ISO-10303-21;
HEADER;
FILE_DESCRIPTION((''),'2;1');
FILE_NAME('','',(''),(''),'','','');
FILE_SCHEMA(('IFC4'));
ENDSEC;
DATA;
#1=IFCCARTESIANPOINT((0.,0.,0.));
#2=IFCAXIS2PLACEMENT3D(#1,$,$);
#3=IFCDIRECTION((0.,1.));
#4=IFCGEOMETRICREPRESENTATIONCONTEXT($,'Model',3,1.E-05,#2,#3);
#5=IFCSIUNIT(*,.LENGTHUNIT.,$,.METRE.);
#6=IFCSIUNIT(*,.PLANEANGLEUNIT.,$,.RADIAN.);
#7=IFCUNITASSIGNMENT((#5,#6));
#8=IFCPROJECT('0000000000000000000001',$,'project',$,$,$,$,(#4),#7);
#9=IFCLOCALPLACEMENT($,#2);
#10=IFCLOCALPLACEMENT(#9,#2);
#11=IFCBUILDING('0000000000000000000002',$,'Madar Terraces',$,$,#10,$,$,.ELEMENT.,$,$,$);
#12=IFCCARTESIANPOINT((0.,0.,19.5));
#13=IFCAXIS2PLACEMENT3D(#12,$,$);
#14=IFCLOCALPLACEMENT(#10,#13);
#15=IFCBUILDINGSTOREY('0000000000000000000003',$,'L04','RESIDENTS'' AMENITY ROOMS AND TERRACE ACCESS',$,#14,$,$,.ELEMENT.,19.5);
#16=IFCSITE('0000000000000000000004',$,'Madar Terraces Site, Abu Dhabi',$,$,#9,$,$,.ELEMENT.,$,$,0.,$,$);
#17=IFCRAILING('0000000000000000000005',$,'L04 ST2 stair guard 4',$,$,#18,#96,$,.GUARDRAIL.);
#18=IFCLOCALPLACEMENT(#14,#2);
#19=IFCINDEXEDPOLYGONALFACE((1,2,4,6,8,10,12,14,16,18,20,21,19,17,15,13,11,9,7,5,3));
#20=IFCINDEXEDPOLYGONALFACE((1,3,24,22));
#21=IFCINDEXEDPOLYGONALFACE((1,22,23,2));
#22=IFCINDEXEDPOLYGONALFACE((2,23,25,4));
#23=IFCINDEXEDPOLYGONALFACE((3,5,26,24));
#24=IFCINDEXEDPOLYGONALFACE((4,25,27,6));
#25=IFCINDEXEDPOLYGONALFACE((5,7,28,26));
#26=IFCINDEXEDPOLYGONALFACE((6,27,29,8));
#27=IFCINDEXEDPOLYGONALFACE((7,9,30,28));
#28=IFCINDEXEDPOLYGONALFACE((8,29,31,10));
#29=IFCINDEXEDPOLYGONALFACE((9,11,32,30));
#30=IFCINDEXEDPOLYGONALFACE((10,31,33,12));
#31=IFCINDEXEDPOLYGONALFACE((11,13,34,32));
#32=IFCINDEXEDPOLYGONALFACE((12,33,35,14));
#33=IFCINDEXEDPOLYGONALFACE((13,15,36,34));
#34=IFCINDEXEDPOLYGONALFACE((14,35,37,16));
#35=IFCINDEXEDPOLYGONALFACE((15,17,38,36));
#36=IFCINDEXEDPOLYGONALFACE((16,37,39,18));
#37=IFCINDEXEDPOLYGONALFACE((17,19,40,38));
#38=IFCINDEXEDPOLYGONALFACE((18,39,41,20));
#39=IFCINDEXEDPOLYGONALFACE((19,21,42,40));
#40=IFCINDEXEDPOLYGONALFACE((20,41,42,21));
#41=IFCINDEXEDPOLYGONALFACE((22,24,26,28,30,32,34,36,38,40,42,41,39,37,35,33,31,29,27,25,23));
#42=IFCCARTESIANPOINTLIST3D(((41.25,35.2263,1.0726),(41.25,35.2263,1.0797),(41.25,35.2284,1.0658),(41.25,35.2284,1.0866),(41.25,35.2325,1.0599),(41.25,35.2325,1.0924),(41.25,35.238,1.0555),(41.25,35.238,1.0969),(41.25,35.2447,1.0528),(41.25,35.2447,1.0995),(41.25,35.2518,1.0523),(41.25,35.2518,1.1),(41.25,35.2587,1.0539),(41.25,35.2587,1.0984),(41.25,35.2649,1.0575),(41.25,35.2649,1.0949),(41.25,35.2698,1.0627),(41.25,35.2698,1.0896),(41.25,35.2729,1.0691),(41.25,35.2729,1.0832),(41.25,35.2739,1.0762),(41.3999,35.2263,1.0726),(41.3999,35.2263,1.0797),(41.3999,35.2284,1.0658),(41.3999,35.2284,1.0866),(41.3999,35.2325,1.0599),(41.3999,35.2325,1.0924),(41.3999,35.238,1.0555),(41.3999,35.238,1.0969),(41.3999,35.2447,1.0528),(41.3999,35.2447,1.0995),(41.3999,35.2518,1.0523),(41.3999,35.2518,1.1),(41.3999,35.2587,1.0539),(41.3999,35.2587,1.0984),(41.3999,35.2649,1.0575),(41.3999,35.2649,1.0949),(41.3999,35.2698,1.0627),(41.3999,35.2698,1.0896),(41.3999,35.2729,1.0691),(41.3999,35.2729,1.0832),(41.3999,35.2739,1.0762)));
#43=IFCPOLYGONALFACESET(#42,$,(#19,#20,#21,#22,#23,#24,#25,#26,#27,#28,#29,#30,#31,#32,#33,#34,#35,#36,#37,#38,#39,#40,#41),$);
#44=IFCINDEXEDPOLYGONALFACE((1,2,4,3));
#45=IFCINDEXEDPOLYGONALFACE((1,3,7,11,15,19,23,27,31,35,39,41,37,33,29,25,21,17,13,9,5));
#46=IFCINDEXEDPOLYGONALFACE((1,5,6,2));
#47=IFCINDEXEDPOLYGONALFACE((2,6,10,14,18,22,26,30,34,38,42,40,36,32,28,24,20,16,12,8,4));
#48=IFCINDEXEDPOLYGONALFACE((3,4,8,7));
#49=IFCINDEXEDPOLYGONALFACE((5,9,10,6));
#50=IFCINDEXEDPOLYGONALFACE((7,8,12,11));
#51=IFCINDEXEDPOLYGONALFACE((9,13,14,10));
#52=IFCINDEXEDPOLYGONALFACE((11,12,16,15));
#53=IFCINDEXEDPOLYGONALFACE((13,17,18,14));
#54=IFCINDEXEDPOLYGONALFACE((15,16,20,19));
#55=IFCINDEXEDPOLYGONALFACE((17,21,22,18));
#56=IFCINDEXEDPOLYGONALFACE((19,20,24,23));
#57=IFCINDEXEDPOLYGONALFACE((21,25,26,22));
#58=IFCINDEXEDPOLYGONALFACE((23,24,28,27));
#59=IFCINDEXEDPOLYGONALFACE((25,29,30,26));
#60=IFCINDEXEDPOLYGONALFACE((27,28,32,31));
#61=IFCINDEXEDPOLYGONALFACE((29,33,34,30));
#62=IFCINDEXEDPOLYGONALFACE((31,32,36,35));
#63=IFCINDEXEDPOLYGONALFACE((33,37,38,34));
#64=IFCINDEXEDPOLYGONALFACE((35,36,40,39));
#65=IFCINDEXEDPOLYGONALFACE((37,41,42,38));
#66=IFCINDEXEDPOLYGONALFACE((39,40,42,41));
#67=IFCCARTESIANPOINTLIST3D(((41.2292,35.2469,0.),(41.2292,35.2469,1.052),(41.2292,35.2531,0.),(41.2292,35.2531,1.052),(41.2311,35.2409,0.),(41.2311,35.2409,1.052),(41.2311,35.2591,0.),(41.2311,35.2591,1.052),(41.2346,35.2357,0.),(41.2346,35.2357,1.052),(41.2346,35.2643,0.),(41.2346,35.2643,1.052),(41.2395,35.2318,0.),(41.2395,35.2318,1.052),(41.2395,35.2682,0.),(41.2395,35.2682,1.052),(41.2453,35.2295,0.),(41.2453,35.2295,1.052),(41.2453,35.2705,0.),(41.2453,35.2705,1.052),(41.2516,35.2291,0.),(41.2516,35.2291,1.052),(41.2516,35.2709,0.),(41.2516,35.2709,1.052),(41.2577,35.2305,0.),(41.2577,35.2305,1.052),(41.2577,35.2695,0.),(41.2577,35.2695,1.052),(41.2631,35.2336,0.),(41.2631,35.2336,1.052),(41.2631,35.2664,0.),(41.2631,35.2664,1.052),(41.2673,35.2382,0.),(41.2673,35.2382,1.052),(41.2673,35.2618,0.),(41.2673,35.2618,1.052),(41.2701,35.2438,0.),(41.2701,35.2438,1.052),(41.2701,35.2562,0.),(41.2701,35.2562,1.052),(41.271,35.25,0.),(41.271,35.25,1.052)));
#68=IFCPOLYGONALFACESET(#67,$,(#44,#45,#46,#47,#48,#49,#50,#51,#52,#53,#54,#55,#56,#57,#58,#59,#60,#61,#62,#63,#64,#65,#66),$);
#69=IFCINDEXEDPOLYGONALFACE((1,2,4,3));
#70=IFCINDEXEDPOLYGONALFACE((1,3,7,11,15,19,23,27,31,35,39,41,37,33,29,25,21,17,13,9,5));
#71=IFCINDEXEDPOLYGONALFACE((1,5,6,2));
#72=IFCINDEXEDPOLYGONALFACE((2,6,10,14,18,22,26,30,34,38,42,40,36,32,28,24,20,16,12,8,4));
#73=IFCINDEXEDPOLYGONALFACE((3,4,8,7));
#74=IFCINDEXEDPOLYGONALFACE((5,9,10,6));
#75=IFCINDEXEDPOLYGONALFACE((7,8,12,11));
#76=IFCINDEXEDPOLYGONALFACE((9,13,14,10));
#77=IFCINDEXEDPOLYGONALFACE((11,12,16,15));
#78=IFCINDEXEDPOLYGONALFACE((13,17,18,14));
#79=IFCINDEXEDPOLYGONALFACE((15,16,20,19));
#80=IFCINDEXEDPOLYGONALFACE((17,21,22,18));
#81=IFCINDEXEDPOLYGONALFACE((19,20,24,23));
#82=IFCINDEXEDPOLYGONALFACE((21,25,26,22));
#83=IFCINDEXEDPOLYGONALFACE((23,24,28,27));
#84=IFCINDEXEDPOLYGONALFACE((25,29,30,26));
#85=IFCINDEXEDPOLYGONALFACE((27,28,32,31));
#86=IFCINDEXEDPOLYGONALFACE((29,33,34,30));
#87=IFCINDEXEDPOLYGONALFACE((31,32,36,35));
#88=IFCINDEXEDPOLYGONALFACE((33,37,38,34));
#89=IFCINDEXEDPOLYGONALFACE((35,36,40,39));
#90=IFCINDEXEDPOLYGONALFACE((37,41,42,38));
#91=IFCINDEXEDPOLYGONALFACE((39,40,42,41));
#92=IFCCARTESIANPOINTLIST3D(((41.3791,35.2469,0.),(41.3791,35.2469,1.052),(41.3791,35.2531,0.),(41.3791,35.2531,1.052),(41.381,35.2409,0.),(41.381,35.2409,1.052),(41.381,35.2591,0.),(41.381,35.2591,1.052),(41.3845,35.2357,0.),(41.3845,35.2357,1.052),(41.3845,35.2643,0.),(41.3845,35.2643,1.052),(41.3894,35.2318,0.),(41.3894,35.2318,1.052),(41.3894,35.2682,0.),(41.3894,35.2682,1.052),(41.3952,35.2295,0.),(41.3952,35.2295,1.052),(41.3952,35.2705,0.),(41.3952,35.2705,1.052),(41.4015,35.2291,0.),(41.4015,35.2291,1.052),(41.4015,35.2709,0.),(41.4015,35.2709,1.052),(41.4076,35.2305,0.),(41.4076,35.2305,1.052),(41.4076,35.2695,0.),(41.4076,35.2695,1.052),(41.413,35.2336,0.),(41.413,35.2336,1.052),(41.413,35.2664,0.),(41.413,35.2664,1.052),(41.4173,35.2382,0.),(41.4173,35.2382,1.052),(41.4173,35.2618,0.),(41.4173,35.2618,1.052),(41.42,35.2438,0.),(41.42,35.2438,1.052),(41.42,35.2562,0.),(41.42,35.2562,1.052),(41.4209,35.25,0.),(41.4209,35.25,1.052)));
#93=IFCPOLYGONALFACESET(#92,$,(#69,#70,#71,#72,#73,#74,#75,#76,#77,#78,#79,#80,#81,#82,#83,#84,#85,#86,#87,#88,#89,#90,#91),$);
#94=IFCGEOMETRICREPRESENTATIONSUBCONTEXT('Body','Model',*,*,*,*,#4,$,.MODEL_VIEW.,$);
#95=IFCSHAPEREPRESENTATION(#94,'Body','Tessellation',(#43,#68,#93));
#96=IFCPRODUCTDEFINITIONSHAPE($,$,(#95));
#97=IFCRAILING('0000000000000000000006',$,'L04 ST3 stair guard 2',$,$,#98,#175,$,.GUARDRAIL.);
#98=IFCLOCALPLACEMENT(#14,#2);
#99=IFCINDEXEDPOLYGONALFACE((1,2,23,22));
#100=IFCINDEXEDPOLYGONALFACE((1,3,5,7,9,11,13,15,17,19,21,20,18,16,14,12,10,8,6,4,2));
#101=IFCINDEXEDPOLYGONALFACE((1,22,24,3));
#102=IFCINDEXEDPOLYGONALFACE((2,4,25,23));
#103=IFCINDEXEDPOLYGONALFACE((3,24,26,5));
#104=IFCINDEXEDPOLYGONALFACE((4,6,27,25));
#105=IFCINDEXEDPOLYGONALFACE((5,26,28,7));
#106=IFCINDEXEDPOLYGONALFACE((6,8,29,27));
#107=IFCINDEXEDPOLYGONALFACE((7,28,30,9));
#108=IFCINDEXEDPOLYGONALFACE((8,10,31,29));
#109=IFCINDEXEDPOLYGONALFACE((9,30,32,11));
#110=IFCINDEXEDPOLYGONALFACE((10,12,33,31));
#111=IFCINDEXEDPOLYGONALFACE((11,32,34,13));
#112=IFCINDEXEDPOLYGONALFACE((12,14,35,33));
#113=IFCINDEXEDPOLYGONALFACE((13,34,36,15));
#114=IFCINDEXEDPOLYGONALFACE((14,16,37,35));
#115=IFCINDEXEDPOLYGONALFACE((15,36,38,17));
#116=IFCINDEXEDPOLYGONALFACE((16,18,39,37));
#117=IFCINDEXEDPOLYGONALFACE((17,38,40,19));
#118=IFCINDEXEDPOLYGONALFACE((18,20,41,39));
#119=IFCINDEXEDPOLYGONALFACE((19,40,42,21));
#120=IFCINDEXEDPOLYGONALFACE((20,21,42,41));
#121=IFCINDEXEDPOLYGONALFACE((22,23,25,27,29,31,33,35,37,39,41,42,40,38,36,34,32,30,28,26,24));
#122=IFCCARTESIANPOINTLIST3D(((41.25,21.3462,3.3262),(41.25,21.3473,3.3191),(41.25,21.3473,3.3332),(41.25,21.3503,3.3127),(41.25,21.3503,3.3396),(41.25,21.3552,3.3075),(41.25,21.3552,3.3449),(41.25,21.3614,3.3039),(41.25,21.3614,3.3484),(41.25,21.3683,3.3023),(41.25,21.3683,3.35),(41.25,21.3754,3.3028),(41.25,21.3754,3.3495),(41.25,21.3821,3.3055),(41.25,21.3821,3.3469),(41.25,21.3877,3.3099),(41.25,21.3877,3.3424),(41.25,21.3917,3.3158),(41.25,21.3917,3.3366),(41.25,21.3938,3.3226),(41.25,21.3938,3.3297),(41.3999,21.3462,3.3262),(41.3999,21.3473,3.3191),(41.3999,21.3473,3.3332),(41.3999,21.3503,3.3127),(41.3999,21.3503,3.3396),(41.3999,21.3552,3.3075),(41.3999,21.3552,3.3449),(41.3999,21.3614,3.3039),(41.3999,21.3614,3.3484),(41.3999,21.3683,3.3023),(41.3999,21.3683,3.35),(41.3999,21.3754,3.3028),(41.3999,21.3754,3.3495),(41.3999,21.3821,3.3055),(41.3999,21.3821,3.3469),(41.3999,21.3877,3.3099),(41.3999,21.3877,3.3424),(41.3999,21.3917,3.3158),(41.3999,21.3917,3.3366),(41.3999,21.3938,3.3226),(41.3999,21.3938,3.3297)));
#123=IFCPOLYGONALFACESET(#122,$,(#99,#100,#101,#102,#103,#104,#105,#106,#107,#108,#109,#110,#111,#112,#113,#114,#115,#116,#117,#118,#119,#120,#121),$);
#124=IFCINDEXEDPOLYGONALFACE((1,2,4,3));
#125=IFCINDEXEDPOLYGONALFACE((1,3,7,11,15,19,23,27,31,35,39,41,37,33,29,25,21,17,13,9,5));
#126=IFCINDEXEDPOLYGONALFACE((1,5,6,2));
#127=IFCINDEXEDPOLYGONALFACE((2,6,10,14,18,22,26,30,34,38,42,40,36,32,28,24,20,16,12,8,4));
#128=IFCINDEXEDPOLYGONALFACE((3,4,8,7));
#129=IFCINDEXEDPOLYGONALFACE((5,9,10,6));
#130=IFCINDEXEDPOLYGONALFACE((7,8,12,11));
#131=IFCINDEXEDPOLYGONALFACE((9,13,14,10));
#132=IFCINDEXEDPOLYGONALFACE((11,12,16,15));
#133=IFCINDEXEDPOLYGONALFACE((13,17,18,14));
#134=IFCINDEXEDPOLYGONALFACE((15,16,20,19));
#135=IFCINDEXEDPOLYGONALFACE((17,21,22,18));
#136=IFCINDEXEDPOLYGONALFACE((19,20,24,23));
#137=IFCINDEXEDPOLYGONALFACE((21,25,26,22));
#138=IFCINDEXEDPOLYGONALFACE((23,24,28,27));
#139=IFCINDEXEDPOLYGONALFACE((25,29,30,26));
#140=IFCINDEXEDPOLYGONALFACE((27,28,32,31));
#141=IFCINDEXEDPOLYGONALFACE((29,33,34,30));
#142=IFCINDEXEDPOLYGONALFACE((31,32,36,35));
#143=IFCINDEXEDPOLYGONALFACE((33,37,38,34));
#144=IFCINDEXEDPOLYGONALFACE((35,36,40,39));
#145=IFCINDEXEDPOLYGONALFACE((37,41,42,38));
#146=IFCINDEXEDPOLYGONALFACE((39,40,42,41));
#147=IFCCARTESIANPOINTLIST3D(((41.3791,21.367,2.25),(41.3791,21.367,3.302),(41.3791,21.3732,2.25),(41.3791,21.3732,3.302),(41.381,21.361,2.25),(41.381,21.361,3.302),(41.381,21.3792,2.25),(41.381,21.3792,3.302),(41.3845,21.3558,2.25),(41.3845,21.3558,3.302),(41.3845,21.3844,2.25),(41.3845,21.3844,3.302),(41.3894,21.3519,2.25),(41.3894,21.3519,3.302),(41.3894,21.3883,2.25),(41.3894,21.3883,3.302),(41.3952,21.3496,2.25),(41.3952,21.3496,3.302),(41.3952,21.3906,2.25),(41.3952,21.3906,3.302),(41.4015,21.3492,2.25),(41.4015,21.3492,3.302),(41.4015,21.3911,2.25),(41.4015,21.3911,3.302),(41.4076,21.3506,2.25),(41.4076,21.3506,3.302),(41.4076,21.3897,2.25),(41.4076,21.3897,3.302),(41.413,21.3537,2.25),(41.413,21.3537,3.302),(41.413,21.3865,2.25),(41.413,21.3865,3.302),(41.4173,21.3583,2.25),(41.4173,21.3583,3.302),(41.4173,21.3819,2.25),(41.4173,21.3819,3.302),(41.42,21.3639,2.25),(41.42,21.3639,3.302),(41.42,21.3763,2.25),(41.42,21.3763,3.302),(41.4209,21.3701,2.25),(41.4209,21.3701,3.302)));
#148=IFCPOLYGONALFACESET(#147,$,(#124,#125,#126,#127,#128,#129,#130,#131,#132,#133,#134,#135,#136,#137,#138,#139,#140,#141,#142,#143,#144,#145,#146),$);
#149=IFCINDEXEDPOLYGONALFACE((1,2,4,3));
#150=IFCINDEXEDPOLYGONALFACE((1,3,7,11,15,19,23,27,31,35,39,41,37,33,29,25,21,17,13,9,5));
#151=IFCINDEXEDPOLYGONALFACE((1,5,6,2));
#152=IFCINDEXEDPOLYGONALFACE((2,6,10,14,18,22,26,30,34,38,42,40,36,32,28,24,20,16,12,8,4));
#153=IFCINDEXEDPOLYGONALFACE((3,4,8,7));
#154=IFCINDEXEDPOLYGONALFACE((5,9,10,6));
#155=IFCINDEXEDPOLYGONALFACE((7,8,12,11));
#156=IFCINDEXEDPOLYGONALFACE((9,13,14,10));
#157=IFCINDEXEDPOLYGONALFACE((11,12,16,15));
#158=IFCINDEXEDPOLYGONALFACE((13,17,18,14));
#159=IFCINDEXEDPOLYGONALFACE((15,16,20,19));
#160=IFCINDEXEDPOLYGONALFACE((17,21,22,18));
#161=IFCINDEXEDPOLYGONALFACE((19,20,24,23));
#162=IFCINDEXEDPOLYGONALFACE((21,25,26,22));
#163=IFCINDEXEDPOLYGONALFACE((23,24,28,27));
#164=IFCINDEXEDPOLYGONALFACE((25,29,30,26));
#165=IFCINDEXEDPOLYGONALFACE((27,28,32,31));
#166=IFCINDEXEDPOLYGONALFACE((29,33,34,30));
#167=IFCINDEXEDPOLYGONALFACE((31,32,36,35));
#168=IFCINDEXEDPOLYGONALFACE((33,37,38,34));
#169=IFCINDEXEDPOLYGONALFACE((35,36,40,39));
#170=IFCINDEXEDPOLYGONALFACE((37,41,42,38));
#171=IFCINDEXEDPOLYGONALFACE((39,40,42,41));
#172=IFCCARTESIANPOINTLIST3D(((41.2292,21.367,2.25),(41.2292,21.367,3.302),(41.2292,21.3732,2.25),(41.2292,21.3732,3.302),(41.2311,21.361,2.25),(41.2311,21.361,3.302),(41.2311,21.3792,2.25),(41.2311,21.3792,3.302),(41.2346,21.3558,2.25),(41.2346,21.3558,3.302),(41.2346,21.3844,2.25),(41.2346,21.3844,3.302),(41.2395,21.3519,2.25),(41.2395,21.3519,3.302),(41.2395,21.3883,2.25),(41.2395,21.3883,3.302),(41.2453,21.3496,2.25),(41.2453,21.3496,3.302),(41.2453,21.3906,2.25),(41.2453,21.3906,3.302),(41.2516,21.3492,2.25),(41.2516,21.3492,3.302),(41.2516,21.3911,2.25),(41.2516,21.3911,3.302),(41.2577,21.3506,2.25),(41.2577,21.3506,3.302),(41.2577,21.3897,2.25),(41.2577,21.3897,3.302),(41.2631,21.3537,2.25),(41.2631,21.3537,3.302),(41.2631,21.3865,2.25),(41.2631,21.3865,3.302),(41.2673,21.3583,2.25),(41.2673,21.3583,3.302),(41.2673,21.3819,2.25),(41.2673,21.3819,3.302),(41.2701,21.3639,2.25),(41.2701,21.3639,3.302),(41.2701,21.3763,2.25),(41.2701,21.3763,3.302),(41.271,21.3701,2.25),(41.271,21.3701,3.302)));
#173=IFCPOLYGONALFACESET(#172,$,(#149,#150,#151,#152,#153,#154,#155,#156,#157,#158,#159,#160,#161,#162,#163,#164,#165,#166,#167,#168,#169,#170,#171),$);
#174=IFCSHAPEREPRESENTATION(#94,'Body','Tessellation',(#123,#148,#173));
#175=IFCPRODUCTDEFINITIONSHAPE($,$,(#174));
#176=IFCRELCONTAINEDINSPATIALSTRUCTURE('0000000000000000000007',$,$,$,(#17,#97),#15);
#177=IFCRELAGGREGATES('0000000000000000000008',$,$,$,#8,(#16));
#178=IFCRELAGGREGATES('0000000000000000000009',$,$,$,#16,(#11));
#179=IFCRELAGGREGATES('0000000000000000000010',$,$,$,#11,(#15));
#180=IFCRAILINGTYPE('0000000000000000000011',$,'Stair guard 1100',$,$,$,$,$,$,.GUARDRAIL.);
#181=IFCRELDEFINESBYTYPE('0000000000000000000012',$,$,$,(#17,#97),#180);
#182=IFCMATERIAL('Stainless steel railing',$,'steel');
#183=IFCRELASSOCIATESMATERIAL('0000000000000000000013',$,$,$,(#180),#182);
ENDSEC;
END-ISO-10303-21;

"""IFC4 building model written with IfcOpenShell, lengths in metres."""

from ifc_helpers import new_model, si_unit, direction, frame, origin, origin_2d, place, context, subcontext, project, spatial, circle, extrude, material, type_object, element, save


model = new_model("IFC4")

# Units and contexts
model_context = context("Model", 3, precision=1e-05, world=origin(), true_north=direction((0.0, 1.0)))
body_context = subcontext(model_context, "Body", "Model", "MODEL_VIEW")
ifc_project = project(units=[si_unit("LENGTHUNIT", "METRE"), si_unit("PLANEANGLEUNIT", "RADIAN")], contexts=[model_context])

# Site, building, storey
site_placement = place(None, origin())
site = spatial("IfcSite", under=ifc_project, at=site_placement, Name="Madar Terraces Site, Abu Dhabi", CompositionType="ELEMENT", RefElevation=0.0)
building_placement = place(site_placement, origin())
building = spatial("IfcBuilding", under=site, at=building_placement, Name="Madar Terraces", CompositionType="ELEMENT")
storey_placement = place(building_placement, frame((0.0, 0.0, 19.5)))
storey = spatial("IfcBuildingStorey", under=building, at=storey_placement, Name="L04", Description="RESIDENTS' AMENITY ROOMS AND TERRACE ACCESS", CompositionType="ELEMENT", Elevation=19.5)

# Railings
ifc_material_1 = material(Name="Stainless steel railing", Category="steel")
railing_type_1 = type_object("IfcRailingType", Name="Stair guard 1100", PredefinedType="GUARDRAIL", material=ifc_material_1)
railing_1_placement = place(storey_placement, frame((41.25, 35.25, 0.0)))
element("IfcRailing", 1, at=railing_1_placement, inside=storey, type_object=railing_type_1, Name="L04 ST2 stair guard 4", PredefinedType="GUARDRAIL", context=body_context, shape_type="SweptSolid", body=[
    extrude(circle(Radius=0.0239, at=origin_2d()), frame((0.0, 0.0, 1.0762), z_axis=(1.0, 0.0, 0.0), x_axis=(0.0, 1.0, 0.0)), (0.0, 0.0, 1.0), 0.1499),
    extrude(circle(Radius=0.021, at=origin_2d()), origin(), (0.0, 0.0, 1.0), 1.052),
    extrude(circle(Radius=0.021, at=origin_2d()), frame((0.1499, 0.0, 0.0)), (0.0, 0.0, 1.0), 1.052),
])
railing_2_placement = place(storey_placement, frame((41.3999, 21.3701, 2.25)))
element("IfcRailing", 2, at=railing_2_placement, inside=storey, type_object=railing_type_1, Name="L04 ST3 stair guard 2", PredefinedType="GUARDRAIL", context=body_context, shape_type="SweptSolid", body=[
    extrude(circle(Radius=0.0239, at=origin_2d()), frame((0.0, 0.0, 1.0762), z_axis=(-1.0, 0.0, 0.0), x_axis=(0.0, -1.0, 0.0)), (0.0, 0.0, 1.0), 0.1499),
    extrude(circle(Radius=0.021, at=origin_2d()), origin(), (0.0, 0.0, 1.0), 1.052),
    extrude(circle(Radius=0.021, at=origin_2d()), frame((-0.1499, 0.0, 0.0)), (0.0, 0.0, 1.0), 1.052),
])

save(model, "model.ifc")
